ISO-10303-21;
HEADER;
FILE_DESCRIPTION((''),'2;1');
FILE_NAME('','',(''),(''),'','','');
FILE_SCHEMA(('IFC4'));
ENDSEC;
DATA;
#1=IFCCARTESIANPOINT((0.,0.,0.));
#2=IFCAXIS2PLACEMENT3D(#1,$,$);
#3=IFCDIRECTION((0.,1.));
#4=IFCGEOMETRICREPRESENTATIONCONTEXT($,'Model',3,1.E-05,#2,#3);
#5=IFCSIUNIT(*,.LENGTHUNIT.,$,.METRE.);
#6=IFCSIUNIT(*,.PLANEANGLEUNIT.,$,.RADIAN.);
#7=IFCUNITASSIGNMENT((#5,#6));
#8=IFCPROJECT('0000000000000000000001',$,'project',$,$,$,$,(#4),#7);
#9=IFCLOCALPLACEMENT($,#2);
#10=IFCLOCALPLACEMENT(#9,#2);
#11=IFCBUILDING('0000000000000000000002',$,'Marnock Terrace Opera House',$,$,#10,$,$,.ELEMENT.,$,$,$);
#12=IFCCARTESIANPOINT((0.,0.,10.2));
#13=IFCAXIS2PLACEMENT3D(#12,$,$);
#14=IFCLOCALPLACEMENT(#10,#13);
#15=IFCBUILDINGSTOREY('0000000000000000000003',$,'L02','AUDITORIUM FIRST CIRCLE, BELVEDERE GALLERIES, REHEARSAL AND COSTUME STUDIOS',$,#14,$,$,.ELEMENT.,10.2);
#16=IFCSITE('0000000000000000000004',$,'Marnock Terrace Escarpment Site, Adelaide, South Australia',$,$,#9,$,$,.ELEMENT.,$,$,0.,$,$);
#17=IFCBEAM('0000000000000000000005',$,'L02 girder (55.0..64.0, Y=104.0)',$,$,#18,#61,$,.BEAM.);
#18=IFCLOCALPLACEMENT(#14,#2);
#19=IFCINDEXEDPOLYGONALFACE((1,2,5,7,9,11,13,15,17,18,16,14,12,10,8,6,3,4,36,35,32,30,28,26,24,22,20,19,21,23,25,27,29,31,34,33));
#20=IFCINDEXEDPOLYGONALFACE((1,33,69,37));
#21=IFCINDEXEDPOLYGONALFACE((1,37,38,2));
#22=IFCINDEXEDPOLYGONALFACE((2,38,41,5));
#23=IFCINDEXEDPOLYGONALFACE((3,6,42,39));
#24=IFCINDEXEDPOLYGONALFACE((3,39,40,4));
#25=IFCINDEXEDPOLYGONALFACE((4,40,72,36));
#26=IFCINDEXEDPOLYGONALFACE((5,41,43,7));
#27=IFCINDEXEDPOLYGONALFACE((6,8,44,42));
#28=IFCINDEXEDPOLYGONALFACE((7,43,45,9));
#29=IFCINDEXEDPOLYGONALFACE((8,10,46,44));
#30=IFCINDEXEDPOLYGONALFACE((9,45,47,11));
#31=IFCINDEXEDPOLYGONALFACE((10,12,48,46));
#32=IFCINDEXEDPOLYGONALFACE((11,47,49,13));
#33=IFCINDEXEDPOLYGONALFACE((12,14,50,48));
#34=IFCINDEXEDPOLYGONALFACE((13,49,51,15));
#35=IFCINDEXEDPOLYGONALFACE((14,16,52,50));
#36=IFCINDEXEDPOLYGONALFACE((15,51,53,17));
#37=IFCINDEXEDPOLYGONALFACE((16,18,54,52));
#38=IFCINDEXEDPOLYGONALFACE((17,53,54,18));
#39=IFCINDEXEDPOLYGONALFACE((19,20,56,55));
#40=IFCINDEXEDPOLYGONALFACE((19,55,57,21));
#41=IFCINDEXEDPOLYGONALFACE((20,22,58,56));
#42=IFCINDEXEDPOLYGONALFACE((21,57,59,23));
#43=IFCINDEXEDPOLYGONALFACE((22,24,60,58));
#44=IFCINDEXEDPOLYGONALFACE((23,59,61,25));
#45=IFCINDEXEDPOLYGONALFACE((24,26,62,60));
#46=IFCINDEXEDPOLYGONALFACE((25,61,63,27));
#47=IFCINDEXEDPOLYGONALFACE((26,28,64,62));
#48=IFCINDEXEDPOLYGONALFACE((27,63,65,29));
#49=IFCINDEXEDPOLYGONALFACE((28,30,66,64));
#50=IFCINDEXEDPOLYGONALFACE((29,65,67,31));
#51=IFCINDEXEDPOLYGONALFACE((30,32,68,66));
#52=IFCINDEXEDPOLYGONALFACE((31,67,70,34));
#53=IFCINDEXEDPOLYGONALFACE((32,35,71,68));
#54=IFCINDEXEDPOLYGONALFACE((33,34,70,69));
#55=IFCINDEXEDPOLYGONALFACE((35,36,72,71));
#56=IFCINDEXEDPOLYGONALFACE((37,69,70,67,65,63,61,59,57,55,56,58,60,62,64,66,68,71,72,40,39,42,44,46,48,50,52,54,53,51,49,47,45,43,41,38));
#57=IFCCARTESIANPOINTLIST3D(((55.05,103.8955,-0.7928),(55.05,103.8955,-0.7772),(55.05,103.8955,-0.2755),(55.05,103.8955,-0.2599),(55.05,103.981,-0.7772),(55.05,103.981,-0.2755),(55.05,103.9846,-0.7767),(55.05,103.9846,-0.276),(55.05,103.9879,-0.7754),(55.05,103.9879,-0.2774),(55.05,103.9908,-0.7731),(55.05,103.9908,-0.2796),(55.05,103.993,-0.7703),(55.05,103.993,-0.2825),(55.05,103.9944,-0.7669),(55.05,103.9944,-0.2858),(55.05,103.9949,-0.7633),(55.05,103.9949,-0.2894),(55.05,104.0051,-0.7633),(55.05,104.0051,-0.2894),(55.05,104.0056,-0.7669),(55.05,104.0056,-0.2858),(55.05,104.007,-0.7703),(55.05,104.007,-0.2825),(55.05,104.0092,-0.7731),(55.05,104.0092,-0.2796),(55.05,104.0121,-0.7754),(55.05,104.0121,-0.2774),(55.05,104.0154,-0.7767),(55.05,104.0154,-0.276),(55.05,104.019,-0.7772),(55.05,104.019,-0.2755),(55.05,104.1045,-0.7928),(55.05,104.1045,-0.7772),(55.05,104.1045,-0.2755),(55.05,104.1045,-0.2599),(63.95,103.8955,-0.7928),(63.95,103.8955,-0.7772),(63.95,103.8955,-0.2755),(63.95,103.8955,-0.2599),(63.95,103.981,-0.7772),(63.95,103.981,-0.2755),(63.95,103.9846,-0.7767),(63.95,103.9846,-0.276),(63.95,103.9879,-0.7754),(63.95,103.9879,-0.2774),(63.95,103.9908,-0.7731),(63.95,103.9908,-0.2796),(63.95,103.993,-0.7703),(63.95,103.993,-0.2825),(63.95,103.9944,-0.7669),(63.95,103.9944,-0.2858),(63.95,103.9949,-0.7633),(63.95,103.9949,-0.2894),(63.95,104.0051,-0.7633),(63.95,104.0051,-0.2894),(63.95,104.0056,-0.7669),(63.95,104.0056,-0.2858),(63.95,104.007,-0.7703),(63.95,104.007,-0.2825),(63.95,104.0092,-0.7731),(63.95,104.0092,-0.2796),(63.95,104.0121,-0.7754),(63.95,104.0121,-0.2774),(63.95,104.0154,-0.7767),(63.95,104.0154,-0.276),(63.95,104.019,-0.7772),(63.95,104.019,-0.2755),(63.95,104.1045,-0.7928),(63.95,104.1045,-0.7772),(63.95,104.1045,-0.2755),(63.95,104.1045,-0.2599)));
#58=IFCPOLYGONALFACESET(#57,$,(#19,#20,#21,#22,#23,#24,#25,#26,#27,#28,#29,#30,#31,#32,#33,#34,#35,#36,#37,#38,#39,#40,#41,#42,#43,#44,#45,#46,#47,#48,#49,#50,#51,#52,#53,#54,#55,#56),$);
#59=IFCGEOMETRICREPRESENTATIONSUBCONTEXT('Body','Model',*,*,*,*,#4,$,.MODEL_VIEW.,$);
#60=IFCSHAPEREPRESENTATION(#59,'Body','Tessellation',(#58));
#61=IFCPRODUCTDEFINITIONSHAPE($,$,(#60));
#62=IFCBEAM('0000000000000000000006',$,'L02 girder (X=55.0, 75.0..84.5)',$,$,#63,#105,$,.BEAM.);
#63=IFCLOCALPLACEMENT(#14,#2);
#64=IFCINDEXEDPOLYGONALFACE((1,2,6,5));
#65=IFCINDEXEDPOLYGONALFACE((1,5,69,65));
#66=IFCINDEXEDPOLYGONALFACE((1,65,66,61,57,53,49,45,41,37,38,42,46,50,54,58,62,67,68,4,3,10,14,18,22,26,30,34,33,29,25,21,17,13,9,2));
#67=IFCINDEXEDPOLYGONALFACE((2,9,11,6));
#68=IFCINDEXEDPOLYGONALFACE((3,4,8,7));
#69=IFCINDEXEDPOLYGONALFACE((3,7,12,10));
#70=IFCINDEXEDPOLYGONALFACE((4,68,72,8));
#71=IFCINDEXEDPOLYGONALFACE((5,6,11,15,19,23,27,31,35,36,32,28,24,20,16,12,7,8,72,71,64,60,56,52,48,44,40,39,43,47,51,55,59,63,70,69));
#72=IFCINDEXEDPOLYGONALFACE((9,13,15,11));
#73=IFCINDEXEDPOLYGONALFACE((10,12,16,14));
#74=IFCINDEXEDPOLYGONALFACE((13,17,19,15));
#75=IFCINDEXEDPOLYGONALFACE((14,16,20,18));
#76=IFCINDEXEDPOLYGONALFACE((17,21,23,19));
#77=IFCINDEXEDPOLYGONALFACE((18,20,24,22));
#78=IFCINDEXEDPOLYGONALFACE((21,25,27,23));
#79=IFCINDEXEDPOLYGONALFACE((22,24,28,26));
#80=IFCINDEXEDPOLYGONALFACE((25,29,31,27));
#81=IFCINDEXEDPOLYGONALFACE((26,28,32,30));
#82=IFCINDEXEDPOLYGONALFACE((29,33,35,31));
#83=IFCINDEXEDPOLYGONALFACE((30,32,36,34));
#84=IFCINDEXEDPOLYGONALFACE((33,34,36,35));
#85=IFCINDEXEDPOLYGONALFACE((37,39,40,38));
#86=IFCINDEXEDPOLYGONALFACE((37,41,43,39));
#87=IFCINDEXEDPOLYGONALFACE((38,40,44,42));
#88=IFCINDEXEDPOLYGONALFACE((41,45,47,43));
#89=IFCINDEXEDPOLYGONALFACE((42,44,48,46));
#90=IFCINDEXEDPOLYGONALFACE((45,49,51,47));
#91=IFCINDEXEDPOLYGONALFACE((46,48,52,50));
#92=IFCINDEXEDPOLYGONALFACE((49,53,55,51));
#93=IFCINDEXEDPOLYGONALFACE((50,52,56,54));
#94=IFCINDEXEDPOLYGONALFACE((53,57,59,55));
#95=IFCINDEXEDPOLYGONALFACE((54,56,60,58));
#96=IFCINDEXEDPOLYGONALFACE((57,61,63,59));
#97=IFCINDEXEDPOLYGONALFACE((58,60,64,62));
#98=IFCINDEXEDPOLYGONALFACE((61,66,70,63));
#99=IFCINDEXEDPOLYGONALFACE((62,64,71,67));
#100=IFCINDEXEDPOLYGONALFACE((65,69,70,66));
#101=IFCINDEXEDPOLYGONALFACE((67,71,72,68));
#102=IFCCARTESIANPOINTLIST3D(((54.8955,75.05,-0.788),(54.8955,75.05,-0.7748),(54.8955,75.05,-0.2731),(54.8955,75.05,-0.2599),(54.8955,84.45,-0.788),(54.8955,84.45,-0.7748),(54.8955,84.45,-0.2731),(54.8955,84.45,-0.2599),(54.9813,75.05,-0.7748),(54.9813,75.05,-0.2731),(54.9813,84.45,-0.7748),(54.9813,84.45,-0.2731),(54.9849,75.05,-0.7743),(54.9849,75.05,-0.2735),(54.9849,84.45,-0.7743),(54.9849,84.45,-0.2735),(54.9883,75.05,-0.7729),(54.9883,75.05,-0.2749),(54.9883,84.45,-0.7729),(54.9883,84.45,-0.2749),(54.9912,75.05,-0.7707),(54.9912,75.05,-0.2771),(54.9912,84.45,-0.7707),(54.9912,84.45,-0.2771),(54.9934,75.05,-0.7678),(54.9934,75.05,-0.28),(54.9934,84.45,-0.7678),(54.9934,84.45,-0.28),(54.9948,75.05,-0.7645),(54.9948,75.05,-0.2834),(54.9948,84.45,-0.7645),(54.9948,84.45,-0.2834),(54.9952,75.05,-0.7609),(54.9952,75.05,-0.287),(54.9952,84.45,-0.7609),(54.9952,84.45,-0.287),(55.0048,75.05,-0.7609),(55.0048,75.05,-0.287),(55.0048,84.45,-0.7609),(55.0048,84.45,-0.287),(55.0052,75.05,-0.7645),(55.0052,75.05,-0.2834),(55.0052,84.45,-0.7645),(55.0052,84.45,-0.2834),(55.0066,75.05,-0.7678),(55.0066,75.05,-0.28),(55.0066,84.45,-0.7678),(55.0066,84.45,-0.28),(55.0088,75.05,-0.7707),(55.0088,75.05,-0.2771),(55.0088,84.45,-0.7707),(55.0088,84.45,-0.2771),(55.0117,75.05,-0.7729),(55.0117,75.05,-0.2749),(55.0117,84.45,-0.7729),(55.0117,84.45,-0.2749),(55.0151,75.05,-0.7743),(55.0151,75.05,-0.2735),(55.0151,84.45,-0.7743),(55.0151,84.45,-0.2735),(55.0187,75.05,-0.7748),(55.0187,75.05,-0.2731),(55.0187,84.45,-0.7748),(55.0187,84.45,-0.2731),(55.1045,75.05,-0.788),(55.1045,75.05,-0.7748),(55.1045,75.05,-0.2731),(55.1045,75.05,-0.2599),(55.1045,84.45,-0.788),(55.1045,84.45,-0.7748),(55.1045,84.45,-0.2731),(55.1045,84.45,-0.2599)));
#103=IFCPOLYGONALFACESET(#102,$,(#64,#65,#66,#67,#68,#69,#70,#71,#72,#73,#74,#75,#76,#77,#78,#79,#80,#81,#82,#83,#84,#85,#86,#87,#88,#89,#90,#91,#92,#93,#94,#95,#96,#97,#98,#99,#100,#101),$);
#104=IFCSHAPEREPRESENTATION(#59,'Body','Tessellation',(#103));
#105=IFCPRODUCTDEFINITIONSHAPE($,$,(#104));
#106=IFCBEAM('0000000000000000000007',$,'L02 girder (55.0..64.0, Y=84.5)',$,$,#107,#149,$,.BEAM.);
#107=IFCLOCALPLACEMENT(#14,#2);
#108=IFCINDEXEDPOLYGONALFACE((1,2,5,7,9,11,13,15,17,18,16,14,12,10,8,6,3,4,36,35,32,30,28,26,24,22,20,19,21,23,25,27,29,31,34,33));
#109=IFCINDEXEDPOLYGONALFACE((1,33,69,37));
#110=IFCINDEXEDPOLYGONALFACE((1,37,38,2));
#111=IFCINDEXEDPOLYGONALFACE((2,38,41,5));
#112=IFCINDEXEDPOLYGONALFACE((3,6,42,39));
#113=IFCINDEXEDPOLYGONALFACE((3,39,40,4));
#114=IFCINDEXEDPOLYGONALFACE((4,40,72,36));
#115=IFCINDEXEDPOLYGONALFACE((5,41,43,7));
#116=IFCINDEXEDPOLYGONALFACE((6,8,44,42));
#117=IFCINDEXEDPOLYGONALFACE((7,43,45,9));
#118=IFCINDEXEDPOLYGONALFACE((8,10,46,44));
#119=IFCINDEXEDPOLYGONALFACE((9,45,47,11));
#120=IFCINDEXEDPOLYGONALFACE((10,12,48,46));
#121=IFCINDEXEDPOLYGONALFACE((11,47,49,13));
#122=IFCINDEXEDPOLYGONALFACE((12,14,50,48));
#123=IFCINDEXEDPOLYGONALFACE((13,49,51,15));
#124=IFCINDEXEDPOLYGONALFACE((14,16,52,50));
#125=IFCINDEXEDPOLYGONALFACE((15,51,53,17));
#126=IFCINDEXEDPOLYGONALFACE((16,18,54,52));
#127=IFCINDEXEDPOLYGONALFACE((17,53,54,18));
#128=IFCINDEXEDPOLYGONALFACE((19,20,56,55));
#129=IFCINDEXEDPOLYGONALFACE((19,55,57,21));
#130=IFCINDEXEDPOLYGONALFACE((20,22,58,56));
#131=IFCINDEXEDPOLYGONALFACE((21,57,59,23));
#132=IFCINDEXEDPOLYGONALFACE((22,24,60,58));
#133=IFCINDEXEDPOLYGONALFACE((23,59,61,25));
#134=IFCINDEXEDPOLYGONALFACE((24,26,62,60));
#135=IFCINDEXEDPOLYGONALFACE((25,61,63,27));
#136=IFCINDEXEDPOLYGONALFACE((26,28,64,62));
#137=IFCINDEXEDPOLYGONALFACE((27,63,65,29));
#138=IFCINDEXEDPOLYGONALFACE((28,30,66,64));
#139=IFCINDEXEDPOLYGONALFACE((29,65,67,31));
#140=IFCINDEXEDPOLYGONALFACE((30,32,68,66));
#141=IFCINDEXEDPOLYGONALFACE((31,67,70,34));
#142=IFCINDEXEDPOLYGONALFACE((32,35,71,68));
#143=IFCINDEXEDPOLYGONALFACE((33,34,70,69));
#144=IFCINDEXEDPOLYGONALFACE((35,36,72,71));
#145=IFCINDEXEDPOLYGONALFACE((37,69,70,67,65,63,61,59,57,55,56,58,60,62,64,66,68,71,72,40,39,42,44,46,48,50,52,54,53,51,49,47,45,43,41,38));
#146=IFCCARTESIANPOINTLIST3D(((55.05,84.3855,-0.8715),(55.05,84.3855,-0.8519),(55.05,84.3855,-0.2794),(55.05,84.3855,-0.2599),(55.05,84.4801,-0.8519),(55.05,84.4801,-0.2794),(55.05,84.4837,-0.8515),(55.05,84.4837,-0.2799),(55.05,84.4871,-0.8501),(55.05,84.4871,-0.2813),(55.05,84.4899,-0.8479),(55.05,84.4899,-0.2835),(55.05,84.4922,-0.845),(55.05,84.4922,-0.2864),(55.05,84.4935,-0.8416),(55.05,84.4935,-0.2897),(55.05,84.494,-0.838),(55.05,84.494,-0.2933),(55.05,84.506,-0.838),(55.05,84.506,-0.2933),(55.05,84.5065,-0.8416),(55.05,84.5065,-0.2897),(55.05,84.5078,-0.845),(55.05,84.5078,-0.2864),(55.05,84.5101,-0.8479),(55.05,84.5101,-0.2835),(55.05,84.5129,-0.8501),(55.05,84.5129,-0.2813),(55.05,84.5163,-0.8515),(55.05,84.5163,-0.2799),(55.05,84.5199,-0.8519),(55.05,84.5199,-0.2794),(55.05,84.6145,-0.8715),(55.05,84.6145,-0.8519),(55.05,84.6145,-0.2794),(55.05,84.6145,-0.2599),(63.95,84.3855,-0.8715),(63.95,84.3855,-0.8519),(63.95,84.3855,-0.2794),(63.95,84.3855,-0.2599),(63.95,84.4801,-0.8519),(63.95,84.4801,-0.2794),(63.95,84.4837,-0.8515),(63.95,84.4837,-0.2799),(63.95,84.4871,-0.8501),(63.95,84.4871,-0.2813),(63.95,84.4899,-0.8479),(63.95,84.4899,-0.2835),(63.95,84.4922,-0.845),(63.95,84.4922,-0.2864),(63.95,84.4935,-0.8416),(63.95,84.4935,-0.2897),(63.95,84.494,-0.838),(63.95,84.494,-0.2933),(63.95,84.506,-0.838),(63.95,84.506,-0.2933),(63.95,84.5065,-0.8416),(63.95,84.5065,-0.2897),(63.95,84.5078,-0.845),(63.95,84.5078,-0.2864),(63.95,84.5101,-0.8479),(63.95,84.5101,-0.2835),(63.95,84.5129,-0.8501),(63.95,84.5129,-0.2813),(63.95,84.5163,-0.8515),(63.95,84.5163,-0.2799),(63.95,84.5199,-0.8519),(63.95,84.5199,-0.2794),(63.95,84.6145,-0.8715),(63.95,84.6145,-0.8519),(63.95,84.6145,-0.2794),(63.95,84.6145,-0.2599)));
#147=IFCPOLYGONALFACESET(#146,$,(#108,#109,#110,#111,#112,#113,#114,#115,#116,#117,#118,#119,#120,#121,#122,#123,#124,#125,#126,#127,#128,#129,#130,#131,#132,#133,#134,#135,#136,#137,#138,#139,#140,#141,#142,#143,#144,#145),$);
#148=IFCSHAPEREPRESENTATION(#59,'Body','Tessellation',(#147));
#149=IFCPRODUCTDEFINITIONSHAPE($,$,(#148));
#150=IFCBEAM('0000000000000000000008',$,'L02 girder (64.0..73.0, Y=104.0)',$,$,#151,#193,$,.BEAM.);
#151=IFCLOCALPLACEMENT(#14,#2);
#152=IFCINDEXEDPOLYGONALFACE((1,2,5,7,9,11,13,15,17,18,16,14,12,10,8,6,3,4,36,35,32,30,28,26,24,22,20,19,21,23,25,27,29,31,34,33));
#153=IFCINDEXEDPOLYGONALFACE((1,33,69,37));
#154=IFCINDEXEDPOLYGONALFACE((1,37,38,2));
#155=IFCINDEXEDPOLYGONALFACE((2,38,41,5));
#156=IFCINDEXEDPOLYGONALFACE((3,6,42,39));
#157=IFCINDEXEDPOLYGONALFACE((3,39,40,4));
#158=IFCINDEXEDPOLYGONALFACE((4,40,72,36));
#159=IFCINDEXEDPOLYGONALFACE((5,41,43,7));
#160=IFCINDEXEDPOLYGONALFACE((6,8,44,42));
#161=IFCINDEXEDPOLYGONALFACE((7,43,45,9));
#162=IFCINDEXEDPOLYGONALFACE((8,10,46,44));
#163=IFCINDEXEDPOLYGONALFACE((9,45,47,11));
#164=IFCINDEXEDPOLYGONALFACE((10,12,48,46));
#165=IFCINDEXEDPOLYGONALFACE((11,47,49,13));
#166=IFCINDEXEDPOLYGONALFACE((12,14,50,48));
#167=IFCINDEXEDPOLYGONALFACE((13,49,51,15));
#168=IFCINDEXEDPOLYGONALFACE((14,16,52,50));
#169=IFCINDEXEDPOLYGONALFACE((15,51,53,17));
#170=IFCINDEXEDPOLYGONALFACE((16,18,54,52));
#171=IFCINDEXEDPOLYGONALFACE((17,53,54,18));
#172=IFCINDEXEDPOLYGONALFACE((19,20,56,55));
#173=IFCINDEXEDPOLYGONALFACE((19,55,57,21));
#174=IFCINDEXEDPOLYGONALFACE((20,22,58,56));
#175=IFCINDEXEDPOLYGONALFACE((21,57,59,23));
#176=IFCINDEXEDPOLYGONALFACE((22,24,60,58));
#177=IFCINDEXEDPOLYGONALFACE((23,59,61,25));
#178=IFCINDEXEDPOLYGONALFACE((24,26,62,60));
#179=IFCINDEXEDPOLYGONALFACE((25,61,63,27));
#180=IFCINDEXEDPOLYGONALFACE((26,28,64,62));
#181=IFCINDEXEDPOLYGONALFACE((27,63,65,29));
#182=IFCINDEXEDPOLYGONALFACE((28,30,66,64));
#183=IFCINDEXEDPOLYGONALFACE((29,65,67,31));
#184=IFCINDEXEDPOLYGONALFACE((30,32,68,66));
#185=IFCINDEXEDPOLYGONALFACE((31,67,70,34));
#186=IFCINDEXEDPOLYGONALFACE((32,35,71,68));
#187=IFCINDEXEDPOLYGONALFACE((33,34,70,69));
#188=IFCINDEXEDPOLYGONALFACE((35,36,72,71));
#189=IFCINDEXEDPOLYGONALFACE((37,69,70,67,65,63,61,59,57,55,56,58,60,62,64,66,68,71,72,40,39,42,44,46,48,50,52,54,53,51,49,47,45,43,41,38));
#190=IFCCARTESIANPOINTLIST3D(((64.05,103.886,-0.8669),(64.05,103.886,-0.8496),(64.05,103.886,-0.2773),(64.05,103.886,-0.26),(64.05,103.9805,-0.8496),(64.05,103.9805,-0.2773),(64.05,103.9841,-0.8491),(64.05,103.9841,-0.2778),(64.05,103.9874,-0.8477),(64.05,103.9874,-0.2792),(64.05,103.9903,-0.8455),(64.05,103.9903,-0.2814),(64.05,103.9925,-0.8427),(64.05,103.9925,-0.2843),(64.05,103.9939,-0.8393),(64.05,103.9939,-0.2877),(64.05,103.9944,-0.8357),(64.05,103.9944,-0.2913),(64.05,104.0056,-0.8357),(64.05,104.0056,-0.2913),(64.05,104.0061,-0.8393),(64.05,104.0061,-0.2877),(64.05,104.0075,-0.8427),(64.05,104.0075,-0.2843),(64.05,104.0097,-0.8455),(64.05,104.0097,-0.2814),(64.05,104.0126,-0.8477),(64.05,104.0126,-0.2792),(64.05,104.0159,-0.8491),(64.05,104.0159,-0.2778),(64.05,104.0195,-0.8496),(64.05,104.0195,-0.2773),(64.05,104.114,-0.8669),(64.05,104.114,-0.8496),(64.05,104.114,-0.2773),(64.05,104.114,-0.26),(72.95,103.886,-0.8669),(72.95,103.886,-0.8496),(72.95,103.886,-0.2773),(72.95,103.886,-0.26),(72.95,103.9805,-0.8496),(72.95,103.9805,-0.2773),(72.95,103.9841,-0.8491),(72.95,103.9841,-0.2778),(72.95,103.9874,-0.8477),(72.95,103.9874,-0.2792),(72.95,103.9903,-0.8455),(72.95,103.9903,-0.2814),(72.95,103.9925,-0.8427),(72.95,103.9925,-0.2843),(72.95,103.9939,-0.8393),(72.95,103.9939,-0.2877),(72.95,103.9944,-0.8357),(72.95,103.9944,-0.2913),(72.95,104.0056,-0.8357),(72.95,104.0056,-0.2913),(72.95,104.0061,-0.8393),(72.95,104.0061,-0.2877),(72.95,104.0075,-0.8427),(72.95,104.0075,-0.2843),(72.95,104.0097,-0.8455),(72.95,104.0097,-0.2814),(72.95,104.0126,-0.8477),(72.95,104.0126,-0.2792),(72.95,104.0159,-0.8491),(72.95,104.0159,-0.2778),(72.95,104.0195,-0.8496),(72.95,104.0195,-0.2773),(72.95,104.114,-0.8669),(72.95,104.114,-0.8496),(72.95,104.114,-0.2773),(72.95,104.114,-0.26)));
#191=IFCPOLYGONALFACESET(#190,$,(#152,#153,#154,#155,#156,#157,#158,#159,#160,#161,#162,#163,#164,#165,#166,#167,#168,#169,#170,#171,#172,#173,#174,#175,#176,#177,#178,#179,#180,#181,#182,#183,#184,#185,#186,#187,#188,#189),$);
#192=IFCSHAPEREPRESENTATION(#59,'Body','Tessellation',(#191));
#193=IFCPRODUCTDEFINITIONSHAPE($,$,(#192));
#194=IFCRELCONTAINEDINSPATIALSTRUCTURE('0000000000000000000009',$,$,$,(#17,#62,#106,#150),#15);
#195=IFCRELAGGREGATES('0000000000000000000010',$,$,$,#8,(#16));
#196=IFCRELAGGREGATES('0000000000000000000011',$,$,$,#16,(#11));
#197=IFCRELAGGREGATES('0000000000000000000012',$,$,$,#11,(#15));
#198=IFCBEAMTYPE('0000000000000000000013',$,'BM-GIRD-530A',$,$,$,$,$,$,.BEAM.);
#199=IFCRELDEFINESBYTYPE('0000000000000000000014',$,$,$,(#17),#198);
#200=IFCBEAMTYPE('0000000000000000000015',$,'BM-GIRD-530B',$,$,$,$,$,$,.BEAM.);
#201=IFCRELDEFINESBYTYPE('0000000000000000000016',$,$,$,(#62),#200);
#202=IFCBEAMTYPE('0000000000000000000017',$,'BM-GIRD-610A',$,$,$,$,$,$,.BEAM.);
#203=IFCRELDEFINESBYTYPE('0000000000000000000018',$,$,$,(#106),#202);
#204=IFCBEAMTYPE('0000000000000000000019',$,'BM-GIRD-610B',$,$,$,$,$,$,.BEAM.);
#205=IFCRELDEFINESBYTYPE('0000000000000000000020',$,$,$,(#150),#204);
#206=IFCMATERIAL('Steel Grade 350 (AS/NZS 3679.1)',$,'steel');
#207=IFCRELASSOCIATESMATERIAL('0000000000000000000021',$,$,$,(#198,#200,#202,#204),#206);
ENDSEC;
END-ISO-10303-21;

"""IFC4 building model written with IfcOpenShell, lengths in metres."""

from ifc_helpers import new_model, si_unit, direction, frame, origin, origin_2d, place, context, subcontext, project, spatial, i_section, extrude, material, material_profile, profile_set, type_object, element, save


model = new_model("IFC4")

# Units and contexts
model_context = context("Model", 3, precision=1e-05, world=origin(), true_north=direction((0.0, 1.0)))
body_context = subcontext(model_context, "Body", "Model", "MODEL_VIEW")
ifc_project = project(units=[si_unit("LENGTHUNIT", "METRE"), si_unit("PLANEANGLEUNIT", "RADIAN")], contexts=[model_context])

# Site, building, storey
site_placement = place(None, origin())
site = spatial("IfcSite", under=ifc_project, at=site_placement, Name="Marnock Terrace Escarpment Site, Adelaide, South Australia", CompositionType="ELEMENT", RefElevation=0.0)
building_placement = place(site_placement, origin())
building = spatial("IfcBuilding", under=site, at=building_placement, Name="Marnock Terrace Opera House", CompositionType="ELEMENT")
storey_placement = place(building_placement, frame((0.0, 0.0, 10.2)))
storey = spatial("IfcBuildingStorey", under=building, at=storey_placement, Name="L02", Description="AUDITORIUM FIRST CIRCLE, BELVEDERE GALLERIES, REHEARSAL AND COSTUME STUDIOS", CompositionType="ELEMENT", Elevation=10.2)

# Beams
ifc_material_1 = material(Name="Steel Grade 350 (AS/NZS 3679.1)", Category="steel")
ifc_material_profile_1 = material_profile(ifc_material_1, i_section(OverallWidth=0.209, OverallDepth=0.533, WebThickness=0.0103, FlangeThickness=0.0156, FilletRadius=0.0139, at=origin_2d()))
ifc_profile_set_1 = profile_set([ifc_material_profile_1], Name="Steel Grade 350 (AS/NZS 3679.1)")
beam_type_1 = type_object("IfcBeamType", Name="BM-GIRD-530A", PredefinedType="BEAM", material=ifc_profile_set_1)
beam_1_placement = place(storey_placement, frame((55.05, 104.0, -0.5264), z_axis=(1.0, 0.0, 0.0), x_axis=(0.0, 1.0, 0.0)))
element("IfcBeam", 1, at=beam_1_placement, inside=storey, type_object=beam_type_1, Name="L02 girder (55.0..64.0, Y=104.0)", PredefinedType="BEAM", context=body_context, shape_type="SweptSolid", body=[
    extrude(i_section(OverallWidth=0.209, OverallDepth=0.533, WebThickness=0.0103, FlangeThickness=0.0156, FilletRadius=0.0139, at=origin_2d()), origin(), (0.0, 0.0, 1.0), 8.8999),
])
ifc_material_profile_2 = material_profile(ifc_material_1, i_section(OverallWidth=0.209, OverallDepth=0.5281, WebThickness=0.0095, FlangeThickness=0.0132, FilletRadius=0.0139, at=origin_2d()))
ifc_profile_set_2 = profile_set([ifc_material_profile_2], Name="Steel Grade 350 (AS/NZS 3679.1)")
beam_type_2 = type_object("IfcBeamType", Name="BM-GIRD-530B", PredefinedType="BEAM", material=ifc_profile_set_2)
beam_2_placement = place(storey_placement, frame((55.0, 75.05, -0.5239), z_axis=(0.0, 1.0, 0.0), x_axis=(-1.0, 0.0, 0.0)))
element("IfcBeam", 2, at=beam_2_placement, inside=storey, type_object=beam_type_2, Name="L02 girder (X=55.0, 75.0..84.5)", PredefinedType="BEAM", context=body_context, shape_type="SweptSolid", body=[
    extrude(i_section(OverallWidth=0.209, OverallDepth=0.5281, WebThickness=0.0095, FlangeThickness=0.0132, FilletRadius=0.0139, at=origin_2d()), origin(), (0.0, 0.0, 1.0), 9.3999),
])
ifc_material_profile_3 = material_profile(ifc_material_1, i_section(OverallWidth=0.229, OverallDepth=0.6116, WebThickness=0.012, FlangeThickness=0.0195, FilletRadius=0.0139, at=origin_2d()))
ifc_profile_set_3 = profile_set([ifc_material_profile_3], Name="Steel Grade 350 (AS/NZS 3679.1)")
beam_type_3 = type_object("IfcBeamType", Name="BM-GIRD-610A", PredefinedType="BEAM", material=ifc_profile_set_3)
beam_3_placement = place(storey_placement, frame((55.05, 84.5, -0.5657), z_axis=(1.0, 0.0, 0.0), x_axis=(0.0, 1.0, 0.0)))
element("IfcBeam", 3, at=beam_3_placement, inside=storey, type_object=beam_type_3, Name="L02 girder (55.0..64.0, Y=84.5)", PredefinedType="BEAM", context=body_context, shape_type="SweptSolid", body=[
    extrude(i_section(OverallWidth=0.229, OverallDepth=0.6116, WebThickness=0.012, FlangeThickness=0.0195, FilletRadius=0.0139, at=origin_2d()), origin(), (0.0, 0.0, 1.0), 8.8999),
])
ifc_material_profile_4 = material_profile(ifc_material_1, i_section(OverallWidth=0.228, OverallDepth=0.6069, WebThickness=0.0112, FlangeThickness=0.0173, FilletRadius=0.0139, at=origin_2d()))
ifc_profile_set_4 = profile_set([ifc_material_profile_4], Name="Steel Grade 350 (AS/NZS 3679.1)")
beam_type_4 = type_object("IfcBeamType", Name="BM-GIRD-610B", PredefinedType="BEAM", material=ifc_profile_set_4)
beam_4_placement = place(storey_placement, frame((64.05, 104.0, -0.5635), z_axis=(1.0, 0.0, 0.0), x_axis=(0.0, 1.0, 0.0)))
element("IfcBeam", 4, at=beam_4_placement, inside=storey, type_object=beam_type_4, Name="L02 girder (64.0..73.0, Y=104.0)", PredefinedType="BEAM", context=body_context, shape_type="SweptSolid", body=[
    extrude(i_section(OverallWidth=0.228, OverallDepth=0.6069, WebThickness=0.0112, FlangeThickness=0.0173, FilletRadius=0.0139, at=origin_2d()), origin(), (0.0, 0.0, 1.0), 8.8999),
])

save(model, "model.ifc")
